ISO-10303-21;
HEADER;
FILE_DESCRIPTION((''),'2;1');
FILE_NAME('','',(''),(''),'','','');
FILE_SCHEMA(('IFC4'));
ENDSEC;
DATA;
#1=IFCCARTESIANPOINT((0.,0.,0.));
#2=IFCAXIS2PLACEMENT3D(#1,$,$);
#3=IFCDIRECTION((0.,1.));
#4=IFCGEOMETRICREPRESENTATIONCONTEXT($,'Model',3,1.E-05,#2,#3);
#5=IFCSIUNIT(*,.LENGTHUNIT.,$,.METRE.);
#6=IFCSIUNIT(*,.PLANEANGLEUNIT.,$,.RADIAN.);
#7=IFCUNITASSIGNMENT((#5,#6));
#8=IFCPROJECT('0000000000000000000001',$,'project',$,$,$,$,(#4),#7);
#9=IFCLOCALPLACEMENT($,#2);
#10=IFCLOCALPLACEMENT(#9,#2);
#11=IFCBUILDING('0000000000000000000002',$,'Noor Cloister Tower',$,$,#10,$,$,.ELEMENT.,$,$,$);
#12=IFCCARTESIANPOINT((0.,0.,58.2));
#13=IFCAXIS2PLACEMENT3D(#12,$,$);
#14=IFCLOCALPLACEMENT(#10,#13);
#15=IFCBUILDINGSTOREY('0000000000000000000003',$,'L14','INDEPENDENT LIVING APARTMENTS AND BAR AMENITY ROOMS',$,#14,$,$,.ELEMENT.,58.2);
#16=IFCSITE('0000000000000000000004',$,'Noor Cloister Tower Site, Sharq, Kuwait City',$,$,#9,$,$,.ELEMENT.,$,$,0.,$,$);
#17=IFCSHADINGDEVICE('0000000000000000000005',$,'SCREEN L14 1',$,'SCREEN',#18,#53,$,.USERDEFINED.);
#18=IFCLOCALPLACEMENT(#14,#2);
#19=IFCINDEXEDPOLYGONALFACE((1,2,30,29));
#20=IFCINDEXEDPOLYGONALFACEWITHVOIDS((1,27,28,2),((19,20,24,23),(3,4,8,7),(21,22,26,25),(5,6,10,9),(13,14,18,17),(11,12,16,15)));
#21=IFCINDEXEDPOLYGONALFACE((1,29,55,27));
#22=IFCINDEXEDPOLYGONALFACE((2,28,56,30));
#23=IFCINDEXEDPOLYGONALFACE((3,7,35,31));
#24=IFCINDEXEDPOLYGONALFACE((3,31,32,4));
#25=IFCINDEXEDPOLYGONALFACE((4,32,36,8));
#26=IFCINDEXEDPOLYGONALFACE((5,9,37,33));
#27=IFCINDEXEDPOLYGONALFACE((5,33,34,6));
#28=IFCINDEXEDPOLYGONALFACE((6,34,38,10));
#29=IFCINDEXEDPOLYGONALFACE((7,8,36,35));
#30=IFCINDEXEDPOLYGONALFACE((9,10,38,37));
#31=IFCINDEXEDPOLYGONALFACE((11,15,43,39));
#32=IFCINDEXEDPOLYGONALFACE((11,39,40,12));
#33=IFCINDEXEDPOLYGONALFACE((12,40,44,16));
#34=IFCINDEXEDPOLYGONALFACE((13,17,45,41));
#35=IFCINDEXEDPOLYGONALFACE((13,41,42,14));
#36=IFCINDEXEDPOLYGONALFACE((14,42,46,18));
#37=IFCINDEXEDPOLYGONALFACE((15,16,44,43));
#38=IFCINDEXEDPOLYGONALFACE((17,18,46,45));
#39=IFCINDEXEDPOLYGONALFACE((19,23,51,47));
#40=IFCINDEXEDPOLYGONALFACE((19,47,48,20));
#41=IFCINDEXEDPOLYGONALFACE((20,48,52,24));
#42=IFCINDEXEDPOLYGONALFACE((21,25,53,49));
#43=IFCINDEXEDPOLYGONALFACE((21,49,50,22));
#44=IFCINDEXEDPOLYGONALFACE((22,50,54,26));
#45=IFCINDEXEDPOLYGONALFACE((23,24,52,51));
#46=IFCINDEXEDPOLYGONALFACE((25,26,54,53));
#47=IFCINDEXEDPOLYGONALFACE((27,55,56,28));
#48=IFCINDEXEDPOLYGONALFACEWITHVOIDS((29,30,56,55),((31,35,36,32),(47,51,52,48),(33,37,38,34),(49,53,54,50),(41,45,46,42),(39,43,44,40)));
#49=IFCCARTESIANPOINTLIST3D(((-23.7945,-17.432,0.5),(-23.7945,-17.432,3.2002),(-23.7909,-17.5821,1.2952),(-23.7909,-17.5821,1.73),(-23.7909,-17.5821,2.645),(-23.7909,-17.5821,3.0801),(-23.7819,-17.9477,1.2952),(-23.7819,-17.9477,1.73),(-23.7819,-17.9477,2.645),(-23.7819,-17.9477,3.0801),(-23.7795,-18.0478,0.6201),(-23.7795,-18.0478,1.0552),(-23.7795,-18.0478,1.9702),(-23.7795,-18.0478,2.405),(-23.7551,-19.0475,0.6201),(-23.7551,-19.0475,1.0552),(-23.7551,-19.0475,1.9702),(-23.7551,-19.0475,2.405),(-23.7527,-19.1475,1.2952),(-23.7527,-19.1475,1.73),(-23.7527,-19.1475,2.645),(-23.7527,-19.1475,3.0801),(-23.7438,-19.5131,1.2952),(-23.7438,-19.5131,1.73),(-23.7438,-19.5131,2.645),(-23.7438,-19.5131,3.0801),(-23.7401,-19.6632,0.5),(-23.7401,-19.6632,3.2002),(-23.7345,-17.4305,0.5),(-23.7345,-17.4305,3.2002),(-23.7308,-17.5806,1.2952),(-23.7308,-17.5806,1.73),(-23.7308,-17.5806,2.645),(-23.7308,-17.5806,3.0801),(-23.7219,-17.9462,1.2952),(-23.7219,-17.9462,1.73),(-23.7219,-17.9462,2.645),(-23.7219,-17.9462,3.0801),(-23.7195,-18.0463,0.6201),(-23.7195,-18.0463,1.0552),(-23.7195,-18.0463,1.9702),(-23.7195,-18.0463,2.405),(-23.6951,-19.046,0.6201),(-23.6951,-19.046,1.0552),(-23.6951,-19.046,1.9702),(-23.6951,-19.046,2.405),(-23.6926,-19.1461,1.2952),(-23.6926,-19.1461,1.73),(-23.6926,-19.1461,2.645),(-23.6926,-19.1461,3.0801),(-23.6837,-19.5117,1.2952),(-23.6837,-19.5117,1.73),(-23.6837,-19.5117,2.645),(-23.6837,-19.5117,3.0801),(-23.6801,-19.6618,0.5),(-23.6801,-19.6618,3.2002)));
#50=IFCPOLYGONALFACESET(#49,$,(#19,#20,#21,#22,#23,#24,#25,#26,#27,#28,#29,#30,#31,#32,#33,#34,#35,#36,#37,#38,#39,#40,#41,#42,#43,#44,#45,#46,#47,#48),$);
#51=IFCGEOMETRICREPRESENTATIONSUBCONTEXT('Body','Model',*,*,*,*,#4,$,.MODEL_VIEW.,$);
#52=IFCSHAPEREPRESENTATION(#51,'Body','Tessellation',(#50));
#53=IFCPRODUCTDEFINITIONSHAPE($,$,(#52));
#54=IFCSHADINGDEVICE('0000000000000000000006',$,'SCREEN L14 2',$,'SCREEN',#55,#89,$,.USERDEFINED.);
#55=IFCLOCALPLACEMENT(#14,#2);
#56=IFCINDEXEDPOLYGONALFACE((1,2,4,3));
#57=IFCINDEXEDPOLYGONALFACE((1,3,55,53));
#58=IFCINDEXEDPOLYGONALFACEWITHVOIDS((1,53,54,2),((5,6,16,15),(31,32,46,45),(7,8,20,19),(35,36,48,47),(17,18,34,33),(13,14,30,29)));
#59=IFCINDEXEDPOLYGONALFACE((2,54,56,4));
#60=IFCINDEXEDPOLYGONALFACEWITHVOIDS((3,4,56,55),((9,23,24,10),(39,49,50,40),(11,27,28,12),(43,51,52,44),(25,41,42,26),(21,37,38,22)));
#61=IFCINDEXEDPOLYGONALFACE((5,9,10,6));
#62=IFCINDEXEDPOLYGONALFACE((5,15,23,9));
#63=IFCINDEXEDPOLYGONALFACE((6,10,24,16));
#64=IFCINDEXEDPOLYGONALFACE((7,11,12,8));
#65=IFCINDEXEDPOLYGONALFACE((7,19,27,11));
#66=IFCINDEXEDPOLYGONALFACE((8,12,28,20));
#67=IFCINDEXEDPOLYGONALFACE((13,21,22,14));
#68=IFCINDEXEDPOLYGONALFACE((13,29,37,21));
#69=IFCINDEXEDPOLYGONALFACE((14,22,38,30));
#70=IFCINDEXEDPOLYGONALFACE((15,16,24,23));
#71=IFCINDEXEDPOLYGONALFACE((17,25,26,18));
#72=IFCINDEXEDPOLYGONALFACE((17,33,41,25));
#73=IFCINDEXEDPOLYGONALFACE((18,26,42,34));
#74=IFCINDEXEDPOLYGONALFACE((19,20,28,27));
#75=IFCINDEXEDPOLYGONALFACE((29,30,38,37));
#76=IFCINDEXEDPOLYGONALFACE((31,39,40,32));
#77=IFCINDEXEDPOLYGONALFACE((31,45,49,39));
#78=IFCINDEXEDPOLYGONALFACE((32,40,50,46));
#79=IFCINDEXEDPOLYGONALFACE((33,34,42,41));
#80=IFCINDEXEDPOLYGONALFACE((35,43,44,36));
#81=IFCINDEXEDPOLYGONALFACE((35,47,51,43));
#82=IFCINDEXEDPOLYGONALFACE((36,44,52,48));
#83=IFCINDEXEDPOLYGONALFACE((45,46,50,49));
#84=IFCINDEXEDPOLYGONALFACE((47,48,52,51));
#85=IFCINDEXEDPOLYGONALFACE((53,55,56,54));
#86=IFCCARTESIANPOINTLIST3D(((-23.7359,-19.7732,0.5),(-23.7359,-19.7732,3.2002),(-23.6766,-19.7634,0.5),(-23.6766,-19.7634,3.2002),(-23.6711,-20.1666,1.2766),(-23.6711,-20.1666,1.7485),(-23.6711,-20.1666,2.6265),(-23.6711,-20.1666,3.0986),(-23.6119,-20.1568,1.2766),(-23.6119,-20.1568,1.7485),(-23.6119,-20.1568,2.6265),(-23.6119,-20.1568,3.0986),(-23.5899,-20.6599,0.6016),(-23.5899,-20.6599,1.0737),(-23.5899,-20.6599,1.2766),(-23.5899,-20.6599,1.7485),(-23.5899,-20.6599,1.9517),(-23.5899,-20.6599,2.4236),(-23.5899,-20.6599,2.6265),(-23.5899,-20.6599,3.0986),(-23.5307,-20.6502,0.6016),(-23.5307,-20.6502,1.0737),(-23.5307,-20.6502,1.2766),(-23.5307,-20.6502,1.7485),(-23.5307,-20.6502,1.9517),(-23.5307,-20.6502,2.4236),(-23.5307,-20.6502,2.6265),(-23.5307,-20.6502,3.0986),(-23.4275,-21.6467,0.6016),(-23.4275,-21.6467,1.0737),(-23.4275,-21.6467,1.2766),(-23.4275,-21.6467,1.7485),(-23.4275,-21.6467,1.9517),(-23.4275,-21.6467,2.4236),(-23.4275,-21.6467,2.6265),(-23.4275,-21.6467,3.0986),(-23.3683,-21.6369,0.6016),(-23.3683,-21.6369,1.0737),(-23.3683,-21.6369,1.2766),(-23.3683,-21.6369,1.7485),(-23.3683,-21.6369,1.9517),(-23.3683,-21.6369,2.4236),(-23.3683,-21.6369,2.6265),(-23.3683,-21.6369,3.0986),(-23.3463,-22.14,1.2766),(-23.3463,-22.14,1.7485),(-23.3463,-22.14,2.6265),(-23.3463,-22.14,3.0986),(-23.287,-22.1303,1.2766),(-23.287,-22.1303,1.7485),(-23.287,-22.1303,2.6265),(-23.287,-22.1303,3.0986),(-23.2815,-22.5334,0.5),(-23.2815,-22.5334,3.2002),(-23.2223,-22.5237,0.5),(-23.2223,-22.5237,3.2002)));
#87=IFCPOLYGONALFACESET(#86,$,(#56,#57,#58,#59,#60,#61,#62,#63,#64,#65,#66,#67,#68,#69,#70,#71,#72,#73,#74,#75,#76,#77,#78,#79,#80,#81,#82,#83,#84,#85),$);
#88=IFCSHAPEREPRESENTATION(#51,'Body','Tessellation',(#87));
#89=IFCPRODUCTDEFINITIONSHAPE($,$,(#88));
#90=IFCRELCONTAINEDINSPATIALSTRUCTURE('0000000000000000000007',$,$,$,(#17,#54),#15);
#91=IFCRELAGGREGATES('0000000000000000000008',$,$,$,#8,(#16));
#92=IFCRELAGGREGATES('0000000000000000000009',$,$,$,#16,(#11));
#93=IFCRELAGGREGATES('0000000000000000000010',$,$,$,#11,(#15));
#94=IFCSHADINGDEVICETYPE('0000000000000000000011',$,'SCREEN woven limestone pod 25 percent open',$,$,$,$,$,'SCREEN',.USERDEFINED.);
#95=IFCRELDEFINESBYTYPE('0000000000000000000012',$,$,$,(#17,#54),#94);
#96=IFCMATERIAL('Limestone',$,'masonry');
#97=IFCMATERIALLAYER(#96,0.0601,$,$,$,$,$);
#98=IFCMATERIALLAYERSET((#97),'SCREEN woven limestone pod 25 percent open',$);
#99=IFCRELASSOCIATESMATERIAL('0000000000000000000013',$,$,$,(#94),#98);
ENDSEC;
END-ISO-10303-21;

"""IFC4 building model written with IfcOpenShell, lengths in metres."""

from ifc_helpers import new_model, si_unit, direction, frame, origin, place, context, subcontext, project, spatial, polyline, outline, extrude, material, layer, layer_set, type_object, element, save


model = new_model("IFC4")

# Units and contexts
model_context = context("Model", 3, precision=1e-05, world=origin(), true_north=direction((0.0, 1.0)))
body_context = subcontext(model_context, "Body", "Model", "MODEL_VIEW")
ifc_project = project(units=[si_unit("LENGTHUNIT", "METRE"), si_unit("PLANEANGLEUNIT", "RADIAN")], contexts=[model_context])

# Site, building, storey
site_placement = place(None, origin())
site = spatial("IfcSite", under=ifc_project, at=site_placement, Name="Noor Cloister Tower Site, Sharq, Kuwait City", CompositionType="ELEMENT", RefElevation=0.0)
building_placement = place(site_placement, origin())
building = spatial("IfcBuilding", under=site, at=building_placement, Name="Noor Cloister Tower", CompositionType="ELEMENT")
storey_placement = place(building_placement, frame((0.0, 0.0, 58.2)))
storey = spatial("IfcBuildingStorey", under=building, at=storey_placement, Name="L14", Description="INDEPENDENT LIVING APARTMENTS AND BAR AMENITY ROOMS", CompositionType="ELEMENT", Elevation=58.2)

# Shading devices
ifc_material_1 = material(Name="Limestone", Category="masonry")
ifc_layer_1 = layer(ifc_material_1, 0.0601)
ifc_layer_set_1 = layer_set([ifc_layer_1], Name="SCREEN woven limestone pod 25 percent open")
shading_device_type_1 = type_object("IfcShadingDeviceType", Name="SCREEN woven limestone pod 25 percent open", ElementType="SCREEN", PredefinedType="USERDEFINED", material=ifc_layer_set_1)
shading_device_1_placement = place(storey_placement, frame((-23.7073, -18.5461, 1.8501), z_axis=(-0.999703, -0.024383, 0.0), x_axis=(0.024383, -0.999703, 0.0)))
element("IfcShadingDevice", 1, at=shading_device_1_placement, inside=storey, type_object=shading_device_type_1, Name="SCREEN L14 1", ObjectType="SCREEN", PredefinedType="USERDEFINED", context=body_context, shape_type="SweptSolid", body=[
    extrude(outline(polyline([(-1.116, -1.3501), (1.116, -1.3501), (1.116, 1.3501), (-1.116, 1.3501), (-1.116, -1.3501)]), holes=[polyline([(-0.5, -1.23), (0.5, -1.23), (0.5, -0.7949), (-0.5, -0.7949), (-0.5, -1.23)]), polyline([(0.6001, -0.5549), (0.9658, -0.5549), (0.9658, -0.1201), (0.6001, -0.1201), (0.6001, -0.5549)]), polyline([(-0.9658, -0.5549), (-0.6001, -0.5549), (-0.6001, -0.1201), (-0.9658, -0.1201), (-0.9658, -0.5549)]), polyline([(-0.5, 0.1201), (0.5, 0.1201), (0.5, 0.5549), (-0.5, 0.5549), (-0.5, 0.1201)]), polyline([(0.6001, 0.7949), (0.9658, 0.7949), (0.9658, 1.23), (0.6001, 1.23), (0.6001, 0.7949)]), polyline([(-0.9658, 0.7949), (-0.6001, 0.7949), (-0.6001, 1.23), (-0.9658, 1.23), (-0.9658, 0.7949)])]), origin(), (0.0, 0.0, 1.0), 0.0601),
])
shading_device_2_placement = place(storey_placement, frame((-23.4495, -21.1436, 1.8501), z_axis=(-0.986721, -0.162423, 0.0), x_axis=(0.162423, -0.986721, 0.0)))
element("IfcShadingDevice", 2, at=shading_device_2_placement, inside=storey, type_object=shading_device_type_1, Name="SCREEN L14 2", ObjectType="SCREEN", PredefinedType="USERDEFINED", context=body_context, shape_type="SweptSolid", body=[
    extrude(outline(polyline([(-1.3987, -1.3501), (1.3987, -1.3501), (1.3987, 1.3501), (-1.3987, 1.3501), (-1.3987, -1.3501)]), holes=[polyline([(-0.5, -1.2485), (0.5, -1.2485), (0.5, -0.7764), (-0.5, -0.7764), (-0.5, -1.2485)]), polyline([(-1.0, -0.5735), (-0.5, -0.5735), (-0.5, -0.1016), (-1.0, -0.1016), (-1.0, -0.5735)]), polyline([(0.5, -0.5735), (1.0, -0.5735), (1.0, -0.1016), (0.5, -0.1016), (0.5, -0.5735)]), polyline([(-0.5, 0.1016), (0.5, 0.1016), (0.5, 0.5735), (-0.5, 0.5735), (-0.5, 0.1016)]), polyline([(-1.0, 0.7764), (-0.5, 0.7764), (-0.5, 1.2485), (-1.0, 1.2485), (-1.0, 0.7764)]), polyline([(0.5, 0.7764), (1.0, 0.7764), (1.0, 1.2485), (0.5, 1.2485), (0.5, 0.7764)])]), origin(), (0.0, 0.0, 1.0), 0.0601),
])

save(model, "model.ifc")
